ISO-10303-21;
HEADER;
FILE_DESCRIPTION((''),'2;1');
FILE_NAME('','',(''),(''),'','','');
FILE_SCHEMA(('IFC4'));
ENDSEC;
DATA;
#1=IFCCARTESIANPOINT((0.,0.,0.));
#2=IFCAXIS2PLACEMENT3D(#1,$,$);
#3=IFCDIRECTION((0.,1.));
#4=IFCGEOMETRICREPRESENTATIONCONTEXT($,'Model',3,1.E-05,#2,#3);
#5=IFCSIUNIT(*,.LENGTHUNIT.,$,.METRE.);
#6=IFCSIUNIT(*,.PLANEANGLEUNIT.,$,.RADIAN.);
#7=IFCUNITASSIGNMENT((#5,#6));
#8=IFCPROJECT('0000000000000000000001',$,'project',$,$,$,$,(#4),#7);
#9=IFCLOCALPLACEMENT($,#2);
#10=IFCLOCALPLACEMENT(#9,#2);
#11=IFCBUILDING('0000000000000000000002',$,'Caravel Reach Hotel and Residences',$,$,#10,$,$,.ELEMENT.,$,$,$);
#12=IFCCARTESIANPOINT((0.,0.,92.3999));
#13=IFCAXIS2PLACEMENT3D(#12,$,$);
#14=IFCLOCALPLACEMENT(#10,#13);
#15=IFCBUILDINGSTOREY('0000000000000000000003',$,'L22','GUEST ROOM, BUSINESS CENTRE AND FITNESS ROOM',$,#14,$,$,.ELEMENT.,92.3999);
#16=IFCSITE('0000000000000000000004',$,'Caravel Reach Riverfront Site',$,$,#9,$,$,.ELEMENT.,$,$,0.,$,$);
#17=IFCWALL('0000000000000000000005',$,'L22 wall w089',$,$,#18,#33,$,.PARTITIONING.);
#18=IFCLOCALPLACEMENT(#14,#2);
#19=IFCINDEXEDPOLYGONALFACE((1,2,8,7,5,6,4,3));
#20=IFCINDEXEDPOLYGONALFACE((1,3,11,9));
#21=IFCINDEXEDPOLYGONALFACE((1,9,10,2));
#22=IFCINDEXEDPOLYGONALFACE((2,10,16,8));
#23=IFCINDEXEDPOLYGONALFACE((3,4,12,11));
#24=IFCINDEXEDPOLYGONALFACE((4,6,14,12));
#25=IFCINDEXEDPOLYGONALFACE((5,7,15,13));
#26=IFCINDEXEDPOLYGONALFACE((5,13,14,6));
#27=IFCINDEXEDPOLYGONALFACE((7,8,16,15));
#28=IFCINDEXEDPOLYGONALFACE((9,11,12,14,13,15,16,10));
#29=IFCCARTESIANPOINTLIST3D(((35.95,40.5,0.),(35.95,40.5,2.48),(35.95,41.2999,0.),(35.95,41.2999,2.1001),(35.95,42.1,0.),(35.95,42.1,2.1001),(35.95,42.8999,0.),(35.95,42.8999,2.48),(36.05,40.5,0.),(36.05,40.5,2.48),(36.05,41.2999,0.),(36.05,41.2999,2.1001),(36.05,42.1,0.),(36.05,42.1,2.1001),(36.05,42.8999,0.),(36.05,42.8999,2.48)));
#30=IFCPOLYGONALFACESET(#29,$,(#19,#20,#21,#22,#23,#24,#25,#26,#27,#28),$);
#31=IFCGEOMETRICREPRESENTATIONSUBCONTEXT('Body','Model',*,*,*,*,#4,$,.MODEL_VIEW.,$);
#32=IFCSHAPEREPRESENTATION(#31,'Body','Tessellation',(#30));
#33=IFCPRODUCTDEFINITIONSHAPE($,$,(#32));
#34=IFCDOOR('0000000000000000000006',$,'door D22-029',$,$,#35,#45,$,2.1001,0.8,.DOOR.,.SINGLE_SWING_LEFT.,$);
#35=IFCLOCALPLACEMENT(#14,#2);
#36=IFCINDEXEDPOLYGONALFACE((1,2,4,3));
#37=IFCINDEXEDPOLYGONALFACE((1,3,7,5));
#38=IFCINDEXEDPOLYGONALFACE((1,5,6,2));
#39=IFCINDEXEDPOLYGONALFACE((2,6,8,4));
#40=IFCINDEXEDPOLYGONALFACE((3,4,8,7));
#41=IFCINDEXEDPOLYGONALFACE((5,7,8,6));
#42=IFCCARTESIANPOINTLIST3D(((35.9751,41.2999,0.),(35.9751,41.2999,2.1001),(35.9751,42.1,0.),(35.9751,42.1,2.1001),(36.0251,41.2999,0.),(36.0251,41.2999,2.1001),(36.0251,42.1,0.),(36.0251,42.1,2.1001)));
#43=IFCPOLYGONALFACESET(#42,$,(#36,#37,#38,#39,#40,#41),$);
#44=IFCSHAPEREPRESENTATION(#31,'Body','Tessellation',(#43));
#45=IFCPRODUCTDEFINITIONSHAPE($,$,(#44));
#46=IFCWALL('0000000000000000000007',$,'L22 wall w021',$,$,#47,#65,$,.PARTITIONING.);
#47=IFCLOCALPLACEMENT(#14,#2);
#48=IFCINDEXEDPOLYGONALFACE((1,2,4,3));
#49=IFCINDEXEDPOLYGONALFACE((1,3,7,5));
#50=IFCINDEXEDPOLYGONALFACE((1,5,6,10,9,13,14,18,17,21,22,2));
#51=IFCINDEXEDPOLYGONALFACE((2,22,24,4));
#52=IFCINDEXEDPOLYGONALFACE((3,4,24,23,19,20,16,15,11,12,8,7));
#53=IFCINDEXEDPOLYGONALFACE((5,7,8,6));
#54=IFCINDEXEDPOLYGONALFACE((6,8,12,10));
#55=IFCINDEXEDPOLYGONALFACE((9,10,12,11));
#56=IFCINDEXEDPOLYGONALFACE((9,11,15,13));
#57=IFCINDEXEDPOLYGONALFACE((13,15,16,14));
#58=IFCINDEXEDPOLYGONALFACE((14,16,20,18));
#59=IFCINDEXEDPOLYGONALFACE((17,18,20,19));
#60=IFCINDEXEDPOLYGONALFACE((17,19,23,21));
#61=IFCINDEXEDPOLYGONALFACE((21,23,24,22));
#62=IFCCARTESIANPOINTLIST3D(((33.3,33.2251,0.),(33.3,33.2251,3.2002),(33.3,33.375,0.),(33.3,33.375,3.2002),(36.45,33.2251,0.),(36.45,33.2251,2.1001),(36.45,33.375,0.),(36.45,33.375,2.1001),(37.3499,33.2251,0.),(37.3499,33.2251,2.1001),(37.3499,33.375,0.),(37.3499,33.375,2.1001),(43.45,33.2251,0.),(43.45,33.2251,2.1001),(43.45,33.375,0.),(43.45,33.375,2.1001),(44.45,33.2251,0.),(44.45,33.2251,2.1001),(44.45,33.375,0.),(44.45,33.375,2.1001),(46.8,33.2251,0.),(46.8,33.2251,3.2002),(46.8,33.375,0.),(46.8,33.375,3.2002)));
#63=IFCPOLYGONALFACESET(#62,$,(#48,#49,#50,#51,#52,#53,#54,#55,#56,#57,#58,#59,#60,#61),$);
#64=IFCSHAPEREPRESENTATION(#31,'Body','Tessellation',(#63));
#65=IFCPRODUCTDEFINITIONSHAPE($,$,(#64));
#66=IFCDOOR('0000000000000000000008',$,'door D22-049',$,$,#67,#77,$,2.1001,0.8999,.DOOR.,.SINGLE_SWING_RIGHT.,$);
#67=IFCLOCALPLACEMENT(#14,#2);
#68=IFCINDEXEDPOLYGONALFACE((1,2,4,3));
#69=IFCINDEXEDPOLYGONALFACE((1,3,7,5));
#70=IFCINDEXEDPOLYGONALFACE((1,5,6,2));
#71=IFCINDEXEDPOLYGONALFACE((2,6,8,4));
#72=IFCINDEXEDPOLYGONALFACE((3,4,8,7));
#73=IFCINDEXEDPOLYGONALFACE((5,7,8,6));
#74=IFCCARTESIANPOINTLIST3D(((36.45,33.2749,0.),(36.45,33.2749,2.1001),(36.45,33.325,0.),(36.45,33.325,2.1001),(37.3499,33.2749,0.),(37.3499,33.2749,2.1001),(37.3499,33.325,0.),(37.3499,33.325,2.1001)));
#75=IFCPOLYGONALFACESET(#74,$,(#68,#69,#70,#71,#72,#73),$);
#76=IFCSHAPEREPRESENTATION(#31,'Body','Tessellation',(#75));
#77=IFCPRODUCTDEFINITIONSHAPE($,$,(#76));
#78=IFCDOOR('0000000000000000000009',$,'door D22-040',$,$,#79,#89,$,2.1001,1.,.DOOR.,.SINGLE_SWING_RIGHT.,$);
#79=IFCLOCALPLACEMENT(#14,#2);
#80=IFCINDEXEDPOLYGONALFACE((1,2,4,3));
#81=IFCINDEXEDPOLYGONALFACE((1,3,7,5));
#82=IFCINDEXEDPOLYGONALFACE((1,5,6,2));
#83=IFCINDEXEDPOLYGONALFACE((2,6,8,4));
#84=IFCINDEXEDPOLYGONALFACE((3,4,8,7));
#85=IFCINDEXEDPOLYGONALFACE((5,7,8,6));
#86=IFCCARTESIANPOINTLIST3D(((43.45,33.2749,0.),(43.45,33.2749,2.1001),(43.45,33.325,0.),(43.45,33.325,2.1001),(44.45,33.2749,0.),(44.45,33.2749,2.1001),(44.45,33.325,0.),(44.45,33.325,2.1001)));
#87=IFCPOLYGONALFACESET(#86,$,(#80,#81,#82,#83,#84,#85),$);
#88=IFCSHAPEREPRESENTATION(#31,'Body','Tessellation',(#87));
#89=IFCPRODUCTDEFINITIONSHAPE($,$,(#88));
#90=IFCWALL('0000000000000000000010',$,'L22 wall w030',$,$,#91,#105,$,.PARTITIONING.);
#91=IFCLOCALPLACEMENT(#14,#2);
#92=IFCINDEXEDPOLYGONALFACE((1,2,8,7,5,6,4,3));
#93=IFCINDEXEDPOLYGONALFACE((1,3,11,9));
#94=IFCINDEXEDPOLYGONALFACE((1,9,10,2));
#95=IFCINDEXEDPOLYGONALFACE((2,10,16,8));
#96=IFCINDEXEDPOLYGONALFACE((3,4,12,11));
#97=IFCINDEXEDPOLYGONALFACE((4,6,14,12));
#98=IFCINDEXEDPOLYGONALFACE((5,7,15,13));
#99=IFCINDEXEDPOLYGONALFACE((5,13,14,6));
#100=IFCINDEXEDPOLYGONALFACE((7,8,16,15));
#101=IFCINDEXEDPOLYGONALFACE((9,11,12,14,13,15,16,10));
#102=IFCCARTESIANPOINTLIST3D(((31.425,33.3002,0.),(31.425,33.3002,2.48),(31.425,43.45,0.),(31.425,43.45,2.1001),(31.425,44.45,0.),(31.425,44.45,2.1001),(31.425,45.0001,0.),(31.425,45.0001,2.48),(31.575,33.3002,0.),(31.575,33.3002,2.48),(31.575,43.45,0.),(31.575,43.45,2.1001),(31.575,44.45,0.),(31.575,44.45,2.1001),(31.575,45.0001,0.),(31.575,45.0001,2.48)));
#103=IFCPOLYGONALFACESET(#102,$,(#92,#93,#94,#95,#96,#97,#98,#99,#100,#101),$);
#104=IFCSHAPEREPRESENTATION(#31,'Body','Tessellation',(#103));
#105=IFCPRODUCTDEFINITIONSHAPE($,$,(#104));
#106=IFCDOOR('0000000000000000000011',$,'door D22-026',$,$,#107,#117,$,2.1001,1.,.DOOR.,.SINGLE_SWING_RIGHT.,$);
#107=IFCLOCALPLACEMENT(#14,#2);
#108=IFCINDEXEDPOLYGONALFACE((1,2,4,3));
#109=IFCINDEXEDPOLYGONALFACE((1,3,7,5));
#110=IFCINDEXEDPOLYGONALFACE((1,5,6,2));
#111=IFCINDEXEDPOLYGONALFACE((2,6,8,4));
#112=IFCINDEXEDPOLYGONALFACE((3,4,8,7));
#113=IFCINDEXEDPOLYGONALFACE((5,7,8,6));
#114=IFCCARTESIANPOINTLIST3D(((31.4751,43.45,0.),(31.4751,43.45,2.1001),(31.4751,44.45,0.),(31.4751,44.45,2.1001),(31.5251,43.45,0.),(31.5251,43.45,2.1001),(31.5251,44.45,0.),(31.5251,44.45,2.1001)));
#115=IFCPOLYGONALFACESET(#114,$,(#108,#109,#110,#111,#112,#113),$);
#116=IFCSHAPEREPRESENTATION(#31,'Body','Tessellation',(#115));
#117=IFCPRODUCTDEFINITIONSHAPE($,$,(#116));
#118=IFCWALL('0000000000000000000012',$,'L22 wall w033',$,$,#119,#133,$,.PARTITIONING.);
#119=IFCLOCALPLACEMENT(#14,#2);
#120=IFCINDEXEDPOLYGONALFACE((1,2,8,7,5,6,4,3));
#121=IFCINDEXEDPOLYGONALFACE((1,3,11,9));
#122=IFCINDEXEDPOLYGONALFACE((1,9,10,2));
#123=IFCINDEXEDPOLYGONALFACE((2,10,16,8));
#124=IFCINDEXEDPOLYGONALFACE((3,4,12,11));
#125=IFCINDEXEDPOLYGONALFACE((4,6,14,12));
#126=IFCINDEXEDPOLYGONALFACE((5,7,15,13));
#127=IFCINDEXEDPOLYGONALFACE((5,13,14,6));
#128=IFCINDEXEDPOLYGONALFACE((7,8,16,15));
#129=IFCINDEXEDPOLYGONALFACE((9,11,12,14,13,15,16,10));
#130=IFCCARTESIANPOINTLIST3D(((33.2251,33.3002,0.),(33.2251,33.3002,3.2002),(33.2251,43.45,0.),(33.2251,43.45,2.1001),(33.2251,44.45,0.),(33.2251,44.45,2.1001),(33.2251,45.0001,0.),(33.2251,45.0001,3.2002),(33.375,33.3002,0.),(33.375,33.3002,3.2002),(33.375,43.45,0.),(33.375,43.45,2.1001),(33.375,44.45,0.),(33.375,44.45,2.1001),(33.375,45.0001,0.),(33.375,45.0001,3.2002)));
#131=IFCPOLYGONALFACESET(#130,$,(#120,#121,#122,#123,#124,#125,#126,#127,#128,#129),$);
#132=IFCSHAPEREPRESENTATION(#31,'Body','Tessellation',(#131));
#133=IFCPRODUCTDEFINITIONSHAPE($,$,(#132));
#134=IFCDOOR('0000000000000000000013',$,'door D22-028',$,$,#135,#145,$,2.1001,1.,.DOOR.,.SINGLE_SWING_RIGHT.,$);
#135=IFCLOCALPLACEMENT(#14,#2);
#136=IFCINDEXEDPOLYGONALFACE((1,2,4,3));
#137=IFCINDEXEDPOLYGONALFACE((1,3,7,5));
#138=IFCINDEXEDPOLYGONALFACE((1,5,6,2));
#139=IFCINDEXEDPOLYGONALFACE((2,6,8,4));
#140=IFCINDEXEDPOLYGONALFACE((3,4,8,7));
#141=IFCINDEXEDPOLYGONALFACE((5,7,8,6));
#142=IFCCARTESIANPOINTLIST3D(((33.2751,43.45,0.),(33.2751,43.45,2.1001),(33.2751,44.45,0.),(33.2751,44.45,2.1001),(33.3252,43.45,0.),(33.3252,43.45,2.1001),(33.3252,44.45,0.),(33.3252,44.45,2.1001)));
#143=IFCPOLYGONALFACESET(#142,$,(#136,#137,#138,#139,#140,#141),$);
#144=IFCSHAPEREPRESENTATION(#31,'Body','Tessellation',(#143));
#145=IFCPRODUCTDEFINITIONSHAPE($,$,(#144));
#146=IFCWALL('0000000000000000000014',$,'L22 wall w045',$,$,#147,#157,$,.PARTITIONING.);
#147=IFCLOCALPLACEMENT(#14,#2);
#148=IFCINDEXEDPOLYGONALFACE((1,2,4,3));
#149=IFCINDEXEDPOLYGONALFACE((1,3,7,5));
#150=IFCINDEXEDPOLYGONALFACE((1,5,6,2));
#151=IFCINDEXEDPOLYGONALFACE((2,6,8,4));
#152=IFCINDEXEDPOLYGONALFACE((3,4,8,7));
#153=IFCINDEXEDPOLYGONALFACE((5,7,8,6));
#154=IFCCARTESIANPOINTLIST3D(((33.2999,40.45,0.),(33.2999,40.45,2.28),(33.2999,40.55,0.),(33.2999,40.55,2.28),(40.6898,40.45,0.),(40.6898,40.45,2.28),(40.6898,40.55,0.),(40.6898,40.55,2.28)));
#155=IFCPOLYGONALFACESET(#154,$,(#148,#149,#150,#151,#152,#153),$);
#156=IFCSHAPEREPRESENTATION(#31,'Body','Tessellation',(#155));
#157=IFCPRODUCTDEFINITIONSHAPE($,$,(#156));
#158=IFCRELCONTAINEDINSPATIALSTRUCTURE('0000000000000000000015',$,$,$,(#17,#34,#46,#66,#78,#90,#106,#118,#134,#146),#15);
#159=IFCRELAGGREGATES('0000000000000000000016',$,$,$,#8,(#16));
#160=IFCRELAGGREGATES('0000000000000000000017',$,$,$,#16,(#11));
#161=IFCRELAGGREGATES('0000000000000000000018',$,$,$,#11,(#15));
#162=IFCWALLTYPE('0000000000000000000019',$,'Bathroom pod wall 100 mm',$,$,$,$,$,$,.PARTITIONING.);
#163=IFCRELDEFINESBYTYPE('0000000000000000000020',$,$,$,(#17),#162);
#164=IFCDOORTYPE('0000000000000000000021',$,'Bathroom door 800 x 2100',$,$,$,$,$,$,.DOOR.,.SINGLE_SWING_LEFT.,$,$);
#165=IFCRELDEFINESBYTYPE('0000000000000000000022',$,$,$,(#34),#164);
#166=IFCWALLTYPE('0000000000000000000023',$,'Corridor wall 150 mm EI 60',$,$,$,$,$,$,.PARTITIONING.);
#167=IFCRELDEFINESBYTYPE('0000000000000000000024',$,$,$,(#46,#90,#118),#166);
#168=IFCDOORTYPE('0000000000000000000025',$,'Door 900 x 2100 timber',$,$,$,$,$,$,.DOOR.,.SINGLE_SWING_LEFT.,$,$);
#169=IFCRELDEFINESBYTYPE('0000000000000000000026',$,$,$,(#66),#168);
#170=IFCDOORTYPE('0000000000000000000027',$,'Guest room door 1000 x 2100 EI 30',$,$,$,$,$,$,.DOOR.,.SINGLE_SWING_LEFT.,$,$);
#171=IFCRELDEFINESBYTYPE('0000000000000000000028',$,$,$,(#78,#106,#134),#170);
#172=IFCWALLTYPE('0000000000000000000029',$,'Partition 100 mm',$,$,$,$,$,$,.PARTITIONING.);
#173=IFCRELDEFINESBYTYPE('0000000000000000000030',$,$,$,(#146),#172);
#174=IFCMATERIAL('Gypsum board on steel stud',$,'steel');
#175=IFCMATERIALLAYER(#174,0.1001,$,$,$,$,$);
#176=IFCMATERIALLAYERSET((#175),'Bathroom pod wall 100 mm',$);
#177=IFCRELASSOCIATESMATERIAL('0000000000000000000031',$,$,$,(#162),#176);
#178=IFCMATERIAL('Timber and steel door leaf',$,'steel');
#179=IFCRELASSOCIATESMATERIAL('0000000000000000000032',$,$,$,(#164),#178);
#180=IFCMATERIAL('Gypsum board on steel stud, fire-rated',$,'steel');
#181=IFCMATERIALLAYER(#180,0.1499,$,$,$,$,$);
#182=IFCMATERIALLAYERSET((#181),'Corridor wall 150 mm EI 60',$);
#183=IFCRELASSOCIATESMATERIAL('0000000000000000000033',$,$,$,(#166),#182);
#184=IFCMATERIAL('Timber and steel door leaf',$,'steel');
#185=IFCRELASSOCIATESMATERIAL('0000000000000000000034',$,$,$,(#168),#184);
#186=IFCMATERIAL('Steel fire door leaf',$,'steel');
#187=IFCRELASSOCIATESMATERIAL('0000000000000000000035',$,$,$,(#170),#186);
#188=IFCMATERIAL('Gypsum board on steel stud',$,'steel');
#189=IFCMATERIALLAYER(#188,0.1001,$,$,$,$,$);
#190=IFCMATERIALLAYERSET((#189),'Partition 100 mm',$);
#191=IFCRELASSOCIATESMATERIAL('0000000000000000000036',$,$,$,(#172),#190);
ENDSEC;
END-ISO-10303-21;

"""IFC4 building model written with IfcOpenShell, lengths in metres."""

from ifc_helpers import new_model, si_unit, direction, frame, frame_2d, origin, place, context, subcontext, project, spatial, rectangle, extrude, material, layer, layer_set, type_object, element, fill, save


model = new_model("IFC4")

# Units and contexts
model_context = context("Model", 3, precision=1e-05, world=origin(), true_north=direction((0.0, 1.0)))
body_context = subcontext(model_context, "Body", "Model", "MODEL_VIEW")
ifc_project = project(units=[si_unit("LENGTHUNIT", "METRE"), si_unit("PLANEANGLEUNIT", "RADIAN")], contexts=[model_context])

# Site, building, storey
site_placement = place(None, origin())
site = spatial("IfcSite", under=ifc_project, at=site_placement, Name="Caravel Reach Riverfront Site", CompositionType="ELEMENT", RefElevation=0.0)
building_placement = place(site_placement, origin())
building = spatial("IfcBuilding", under=site, at=building_placement, Name="Caravel Reach Hotel and Residences", CompositionType="ELEMENT")
storey_placement = place(building_placement, frame((0.0, 0.0, 92.3999)))
storey = spatial("IfcBuildingStorey", under=building, at=storey_placement, Name="L22", Description="GUEST ROOM, BUSINESS CENTRE AND FITNESS ROOM", CompositionType="ELEMENT", Elevation=92.3999)

# Wall, opening, door
ifc_material_1 = material(Name="Gypsum board on steel stud", Category="steel")
ifc_layer_1 = layer(ifc_material_1, 0.1001)
ifc_layer_set_1 = layer_set([ifc_layer_1], Name="Bathroom pod wall 100 mm")
wall_type_1 = type_object("IfcWallType", Name="Bathroom pod wall 100 mm", PredefinedType="PARTITIONING", material=ifc_layer_set_1)
wall_1_placement = place(storey_placement, frame((36.0, 40.5, 0.0), z_axis=(0.0, 0.0, 1.0), x_axis=(0.0, 1.0, 0.0)))
wall_1 = element("IfcWall", 1, at=wall_1_placement, inside=storey, type_object=wall_type_1, Name="L22 wall w089", PredefinedType="PARTITIONING", context=body_context, shape_type="SweptSolid", body=[
    extrude(rectangle(XDim=2.3999, YDim=0.1001, at=frame_2d((1.2, 0.0))), origin(), (0.0, 0.0, 1.0), 2.48),
])
opening_1_placement = place(wall_1_placement, frame((0.8, 0.0, 0.0)))
opening_1 = element("IfcOpeningElement", 2, at=opening_1_placement, cuts=wall_1, PredefinedType="OPENING", context=body_context, shape_type="SweptSolid", body=[
    extrude(rectangle(XDim=0.8, YDim=2.1001, at=frame_2d((0.3999, 1.05))), frame((0.0, 0.0601, 0.0), z_axis=(0.0, -1.0, 0.0), x_axis=(1.0, 0.0, 0.0)), (0.0, 0.0, 1.0), 0.1201),
])
ifc_material_2 = material(Name="Timber and steel door leaf", Category="steel")
door_type_1 = type_object("IfcDoorType", Name="Bathroom door 800 x 2100", OperationType="SINGLE_SWING_LEFT", PredefinedType="DOOR", material=ifc_material_2)
door_1_placement = place(opening_1_placement, origin())
door_1 = element("IfcDoor", 3, at=door_1_placement, inside=storey, type_object=door_type_1, Name="door D22-029", OperationType="SINGLE_SWING_LEFT", OverallHeight=2.1001, OverallWidth=0.8, PredefinedType="DOOR", context=body_context, shape_type="SweptSolid", body=[
    extrude(rectangle(XDim=0.8, YDim=2.1001, at=frame_2d((0.3999, 1.05))), frame((0.0, 0.0249, 0.0), z_axis=(0.0, -1.0, 0.0), x_axis=(1.0, 0.0, 0.0)), (0.0, 0.0, 1.0), 0.05),
])
fill(opening_1, door_1)

# Wall, openings, doors
ifc_material_3 = material(Name="Gypsum board on steel stud, fire-rated", Category="steel")
ifc_layer_2 = layer(ifc_material_3, 0.1499)
ifc_layer_set_2 = layer_set([ifc_layer_2], Name="Corridor wall 150 mm EI 60")
wall_type_2 = type_object("IfcWallType", Name="Corridor wall 150 mm EI 60", PredefinedType="PARTITIONING", material=ifc_layer_set_2)
wall_2_placement = place(storey_placement, frame((33.3, 33.3, 0.0), z_axis=(0.0, 0.0, 1.0), x_axis=(1.0, 0.0, 0.0)))
wall_2 = element("IfcWall", 4, at=wall_2_placement, inside=storey, type_object=wall_type_2, Name="L22 wall w021", PredefinedType="PARTITIONING", context=body_context, shape_type="SweptSolid", body=[
    extrude(rectangle(XDim=13.5, YDim=0.1499, at=frame_2d((6.75, 0.0))), origin(), (0.0, 0.0, 1.0), 3.2002),
])
opening_2_placement = place(wall_2_placement, frame((10.1499, 0.0, 0.0)))
opening_2 = element("IfcOpeningElement", 5, at=opening_2_placement, cuts=wall_2, PredefinedType="OPENING", context=body_context, shape_type="SweptSolid", body=[
    extrude(rectangle(XDim=1.0, YDim=2.1001, at=frame_2d((0.5, 1.05))), frame((0.0, 0.085, 0.0), z_axis=(0.0, -1.0, 0.0), x_axis=(1.0, 0.0, 0.0)), (0.0, 0.0, 1.0), 0.1699),
])
opening_3_placement = place(wall_2_placement, frame((3.1499, 0.0, 0.0)))
opening_3 = element("IfcOpeningElement", 6, at=opening_3_placement, cuts=wall_2, PredefinedType="OPENING", context=body_context, shape_type="SweptSolid", body=[
    extrude(rectangle(XDim=0.8999, YDim=2.1001, at=frame_2d((0.45, 1.05))), frame((0.0, 0.085, 0.0), z_axis=(0.0, -1.0, 0.0), x_axis=(1.0, 0.0, 0.0)), (0.0, 0.0, 1.0), 0.1699),
])
ifc_material_4 = material(Name="Timber and steel door leaf", Category="steel")
door_type_2 = type_object("IfcDoorType", Name="Door 900 x 2100 timber", OperationType="SINGLE_SWING_LEFT", PredefinedType="DOOR", material=ifc_material_4)
door_2_placement = place(opening_3_placement, origin())
door_2 = element("IfcDoor", 7, at=door_2_placement, inside=storey, type_object=door_type_2, Name="door D22-049", OperationType="SINGLE_SWING_RIGHT", OverallHeight=2.1001, OverallWidth=0.8999, PredefinedType="DOOR", context=body_context, shape_type="SweptSolid", body=[
    extrude(rectangle(XDim=0.8999, YDim=2.1001, at=frame_2d((0.45, 1.05))), frame((0.0, 0.0249, 0.0), z_axis=(0.0, -1.0, 0.0), x_axis=(1.0, 0.0, 0.0)), (0.0, 0.0, 1.0), 0.05),
])
fill(opening_3, door_2)
ifc_material_5 = material(Name="Steel fire door leaf", Category="steel")
door_type_3 = type_object("IfcDoorType", Name="Guest room door 1000 x 2100 EI 30", OperationType="SINGLE_SWING_LEFT", PredefinedType="DOOR", material=ifc_material_5)
door_3_placement = place(opening_2_placement, origin())
door_3 = element("IfcDoor", 8, at=door_3_placement, inside=storey, type_object=door_type_3, Name="door D22-040", OperationType="SINGLE_SWING_RIGHT", OverallHeight=2.1001, OverallWidth=1.0, PredefinedType="DOOR", context=body_context, shape_type="SweptSolid", body=[
    extrude(rectangle(XDim=1.0, YDim=2.1001, at=frame_2d((0.5, 1.05))), frame((0.0, 0.0249, 0.0), z_axis=(0.0, -1.0, 0.0), x_axis=(1.0, 0.0, 0.0)), (0.0, 0.0, 1.0), 0.05),
])
fill(opening_2, door_3)

# Walls, openings, doors
wall_3_placement = place(storey_placement, frame((31.5, 33.3, 0.0), z_axis=(0.0, 0.0, 1.0), x_axis=(0.0, 1.0, 0.0)))
wall_3 = element("IfcWall", 9, at=wall_3_placement, inside=storey, type_object=wall_type_2, Name="L22 wall w030", PredefinedType="PARTITIONING", context=body_context, shape_type="SweptSolid", body=[
    extrude(rectangle(XDim=11.7, YDim=0.1499, at=frame_2d((5.8501, 0.0))), origin(), (0.0, 0.0, 1.0), 2.48),
])
opening_4_placement = place(wall_3_placement, frame((10.1499, 0.0, 0.0)))
opening_4 = element("IfcOpeningElement", 10, at=opening_4_placement, cuts=wall_3, PredefinedType="OPENING", context=body_context, shape_type="SweptSolid", body=[
    extrude(rectangle(XDim=1.0, YDim=2.1001, at=frame_2d((0.5, 1.05))), frame((0.0, 0.085, 0.0), z_axis=(0.0, -1.0, 0.0), x_axis=(1.0, 0.0, 0.0)), (0.0, 0.0, 1.0), 0.1699),
])
door_4_placement = place(opening_4_placement, origin())
door_4 = element("IfcDoor", 11, at=door_4_placement, inside=storey, type_object=door_type_3, Name="door D22-026", OperationType="SINGLE_SWING_RIGHT", OverallHeight=2.1001, OverallWidth=1.0, PredefinedType="DOOR", context=body_context, shape_type="SweptSolid", body=[
    extrude(rectangle(XDim=1.0, YDim=2.1001, at=frame_2d((0.5, 1.05))), frame((0.0, 0.0249, 0.0), z_axis=(0.0, -1.0, 0.0), x_axis=(1.0, 0.0, 0.0)), (0.0, 0.0, 1.0), 0.05),
])
fill(opening_4, door_4)
wall_4_placement = place(storey_placement, frame((33.3, 33.3, 0.0), z_axis=(0.0, 0.0, 1.0), x_axis=(0.0, 1.0, 0.0)))
wall_4 = element("IfcWall", 12, at=wall_4_placement, inside=storey, type_object=wall_type_2, Name="L22 wall w033", PredefinedType="PARTITIONING", context=body_context, shape_type="SweptSolid", body=[
    extrude(rectangle(XDim=11.7, YDim=0.1499, at=frame_2d((5.8501, 0.0))), origin(), (0.0, 0.0, 1.0), 3.2002),
])
opening_5_placement = place(wall_4_placement, frame((10.1499, 0.0, 0.0)))
opening_5 = element("IfcOpeningElement", 13, at=opening_5_placement, cuts=wall_4, PredefinedType="OPENING", context=body_context, shape_type="SweptSolid", body=[
    extrude(rectangle(XDim=1.0, YDim=2.1001, at=frame_2d((0.5, 1.05))), frame((0.0, 0.085, 0.0), z_axis=(0.0, -1.0, 0.0), x_axis=(1.0, 0.0, 0.0)), (0.0, 0.0, 1.0), 0.1699),
])
door_5_placement = place(opening_5_placement, origin())
door_5 = element("IfcDoor", 14, at=door_5_placement, inside=storey, type_object=door_type_3, Name="door D22-028", OperationType="SINGLE_SWING_RIGHT", OverallHeight=2.1001, OverallWidth=1.0, PredefinedType="DOOR", context=body_context, shape_type="SweptSolid", body=[
    extrude(rectangle(XDim=1.0, YDim=2.1001, at=frame_2d((0.5, 1.05))), frame((0.0, 0.0249, 0.0), z_axis=(0.0, -1.0, 0.0), x_axis=(1.0, 0.0, 0.0)), (0.0, 0.0, 1.0), 0.05),
])
fill(opening_5, door_5)

# Wall
ifc_material_6 = material(Name="Gypsum board on steel stud", Category="steel")
ifc_layer_3 = layer(ifc_material_6, 0.1001)
ifc_layer_set_3 = layer_set([ifc_layer_3], Name="Partition 100 mm")
wall_type_3 = type_object("IfcWallType", Name="Partition 100 mm", PredefinedType="PARTITIONING", material=ifc_layer_set_3)
wall_5_placement = place(storey_placement, frame((33.3, 40.5, 0.0), z_axis=(0.0, 0.0, 1.0), x_axis=(1.0, 0.0, 0.0)))
element("IfcWall", 15, at=wall_5_placement, inside=storey, type_object=wall_type_3, Name="L22 wall w045", PredefinedType="PARTITIONING", context=body_context, shape_type="SweptSolid", body=[
    extrude(rectangle(XDim=7.3899, YDim=0.1001, at=frame_2d((3.6948, 0.0))), origin(), (0.0, 0.0, 1.0), 2.28),
])

save(model, "model.ifc")
